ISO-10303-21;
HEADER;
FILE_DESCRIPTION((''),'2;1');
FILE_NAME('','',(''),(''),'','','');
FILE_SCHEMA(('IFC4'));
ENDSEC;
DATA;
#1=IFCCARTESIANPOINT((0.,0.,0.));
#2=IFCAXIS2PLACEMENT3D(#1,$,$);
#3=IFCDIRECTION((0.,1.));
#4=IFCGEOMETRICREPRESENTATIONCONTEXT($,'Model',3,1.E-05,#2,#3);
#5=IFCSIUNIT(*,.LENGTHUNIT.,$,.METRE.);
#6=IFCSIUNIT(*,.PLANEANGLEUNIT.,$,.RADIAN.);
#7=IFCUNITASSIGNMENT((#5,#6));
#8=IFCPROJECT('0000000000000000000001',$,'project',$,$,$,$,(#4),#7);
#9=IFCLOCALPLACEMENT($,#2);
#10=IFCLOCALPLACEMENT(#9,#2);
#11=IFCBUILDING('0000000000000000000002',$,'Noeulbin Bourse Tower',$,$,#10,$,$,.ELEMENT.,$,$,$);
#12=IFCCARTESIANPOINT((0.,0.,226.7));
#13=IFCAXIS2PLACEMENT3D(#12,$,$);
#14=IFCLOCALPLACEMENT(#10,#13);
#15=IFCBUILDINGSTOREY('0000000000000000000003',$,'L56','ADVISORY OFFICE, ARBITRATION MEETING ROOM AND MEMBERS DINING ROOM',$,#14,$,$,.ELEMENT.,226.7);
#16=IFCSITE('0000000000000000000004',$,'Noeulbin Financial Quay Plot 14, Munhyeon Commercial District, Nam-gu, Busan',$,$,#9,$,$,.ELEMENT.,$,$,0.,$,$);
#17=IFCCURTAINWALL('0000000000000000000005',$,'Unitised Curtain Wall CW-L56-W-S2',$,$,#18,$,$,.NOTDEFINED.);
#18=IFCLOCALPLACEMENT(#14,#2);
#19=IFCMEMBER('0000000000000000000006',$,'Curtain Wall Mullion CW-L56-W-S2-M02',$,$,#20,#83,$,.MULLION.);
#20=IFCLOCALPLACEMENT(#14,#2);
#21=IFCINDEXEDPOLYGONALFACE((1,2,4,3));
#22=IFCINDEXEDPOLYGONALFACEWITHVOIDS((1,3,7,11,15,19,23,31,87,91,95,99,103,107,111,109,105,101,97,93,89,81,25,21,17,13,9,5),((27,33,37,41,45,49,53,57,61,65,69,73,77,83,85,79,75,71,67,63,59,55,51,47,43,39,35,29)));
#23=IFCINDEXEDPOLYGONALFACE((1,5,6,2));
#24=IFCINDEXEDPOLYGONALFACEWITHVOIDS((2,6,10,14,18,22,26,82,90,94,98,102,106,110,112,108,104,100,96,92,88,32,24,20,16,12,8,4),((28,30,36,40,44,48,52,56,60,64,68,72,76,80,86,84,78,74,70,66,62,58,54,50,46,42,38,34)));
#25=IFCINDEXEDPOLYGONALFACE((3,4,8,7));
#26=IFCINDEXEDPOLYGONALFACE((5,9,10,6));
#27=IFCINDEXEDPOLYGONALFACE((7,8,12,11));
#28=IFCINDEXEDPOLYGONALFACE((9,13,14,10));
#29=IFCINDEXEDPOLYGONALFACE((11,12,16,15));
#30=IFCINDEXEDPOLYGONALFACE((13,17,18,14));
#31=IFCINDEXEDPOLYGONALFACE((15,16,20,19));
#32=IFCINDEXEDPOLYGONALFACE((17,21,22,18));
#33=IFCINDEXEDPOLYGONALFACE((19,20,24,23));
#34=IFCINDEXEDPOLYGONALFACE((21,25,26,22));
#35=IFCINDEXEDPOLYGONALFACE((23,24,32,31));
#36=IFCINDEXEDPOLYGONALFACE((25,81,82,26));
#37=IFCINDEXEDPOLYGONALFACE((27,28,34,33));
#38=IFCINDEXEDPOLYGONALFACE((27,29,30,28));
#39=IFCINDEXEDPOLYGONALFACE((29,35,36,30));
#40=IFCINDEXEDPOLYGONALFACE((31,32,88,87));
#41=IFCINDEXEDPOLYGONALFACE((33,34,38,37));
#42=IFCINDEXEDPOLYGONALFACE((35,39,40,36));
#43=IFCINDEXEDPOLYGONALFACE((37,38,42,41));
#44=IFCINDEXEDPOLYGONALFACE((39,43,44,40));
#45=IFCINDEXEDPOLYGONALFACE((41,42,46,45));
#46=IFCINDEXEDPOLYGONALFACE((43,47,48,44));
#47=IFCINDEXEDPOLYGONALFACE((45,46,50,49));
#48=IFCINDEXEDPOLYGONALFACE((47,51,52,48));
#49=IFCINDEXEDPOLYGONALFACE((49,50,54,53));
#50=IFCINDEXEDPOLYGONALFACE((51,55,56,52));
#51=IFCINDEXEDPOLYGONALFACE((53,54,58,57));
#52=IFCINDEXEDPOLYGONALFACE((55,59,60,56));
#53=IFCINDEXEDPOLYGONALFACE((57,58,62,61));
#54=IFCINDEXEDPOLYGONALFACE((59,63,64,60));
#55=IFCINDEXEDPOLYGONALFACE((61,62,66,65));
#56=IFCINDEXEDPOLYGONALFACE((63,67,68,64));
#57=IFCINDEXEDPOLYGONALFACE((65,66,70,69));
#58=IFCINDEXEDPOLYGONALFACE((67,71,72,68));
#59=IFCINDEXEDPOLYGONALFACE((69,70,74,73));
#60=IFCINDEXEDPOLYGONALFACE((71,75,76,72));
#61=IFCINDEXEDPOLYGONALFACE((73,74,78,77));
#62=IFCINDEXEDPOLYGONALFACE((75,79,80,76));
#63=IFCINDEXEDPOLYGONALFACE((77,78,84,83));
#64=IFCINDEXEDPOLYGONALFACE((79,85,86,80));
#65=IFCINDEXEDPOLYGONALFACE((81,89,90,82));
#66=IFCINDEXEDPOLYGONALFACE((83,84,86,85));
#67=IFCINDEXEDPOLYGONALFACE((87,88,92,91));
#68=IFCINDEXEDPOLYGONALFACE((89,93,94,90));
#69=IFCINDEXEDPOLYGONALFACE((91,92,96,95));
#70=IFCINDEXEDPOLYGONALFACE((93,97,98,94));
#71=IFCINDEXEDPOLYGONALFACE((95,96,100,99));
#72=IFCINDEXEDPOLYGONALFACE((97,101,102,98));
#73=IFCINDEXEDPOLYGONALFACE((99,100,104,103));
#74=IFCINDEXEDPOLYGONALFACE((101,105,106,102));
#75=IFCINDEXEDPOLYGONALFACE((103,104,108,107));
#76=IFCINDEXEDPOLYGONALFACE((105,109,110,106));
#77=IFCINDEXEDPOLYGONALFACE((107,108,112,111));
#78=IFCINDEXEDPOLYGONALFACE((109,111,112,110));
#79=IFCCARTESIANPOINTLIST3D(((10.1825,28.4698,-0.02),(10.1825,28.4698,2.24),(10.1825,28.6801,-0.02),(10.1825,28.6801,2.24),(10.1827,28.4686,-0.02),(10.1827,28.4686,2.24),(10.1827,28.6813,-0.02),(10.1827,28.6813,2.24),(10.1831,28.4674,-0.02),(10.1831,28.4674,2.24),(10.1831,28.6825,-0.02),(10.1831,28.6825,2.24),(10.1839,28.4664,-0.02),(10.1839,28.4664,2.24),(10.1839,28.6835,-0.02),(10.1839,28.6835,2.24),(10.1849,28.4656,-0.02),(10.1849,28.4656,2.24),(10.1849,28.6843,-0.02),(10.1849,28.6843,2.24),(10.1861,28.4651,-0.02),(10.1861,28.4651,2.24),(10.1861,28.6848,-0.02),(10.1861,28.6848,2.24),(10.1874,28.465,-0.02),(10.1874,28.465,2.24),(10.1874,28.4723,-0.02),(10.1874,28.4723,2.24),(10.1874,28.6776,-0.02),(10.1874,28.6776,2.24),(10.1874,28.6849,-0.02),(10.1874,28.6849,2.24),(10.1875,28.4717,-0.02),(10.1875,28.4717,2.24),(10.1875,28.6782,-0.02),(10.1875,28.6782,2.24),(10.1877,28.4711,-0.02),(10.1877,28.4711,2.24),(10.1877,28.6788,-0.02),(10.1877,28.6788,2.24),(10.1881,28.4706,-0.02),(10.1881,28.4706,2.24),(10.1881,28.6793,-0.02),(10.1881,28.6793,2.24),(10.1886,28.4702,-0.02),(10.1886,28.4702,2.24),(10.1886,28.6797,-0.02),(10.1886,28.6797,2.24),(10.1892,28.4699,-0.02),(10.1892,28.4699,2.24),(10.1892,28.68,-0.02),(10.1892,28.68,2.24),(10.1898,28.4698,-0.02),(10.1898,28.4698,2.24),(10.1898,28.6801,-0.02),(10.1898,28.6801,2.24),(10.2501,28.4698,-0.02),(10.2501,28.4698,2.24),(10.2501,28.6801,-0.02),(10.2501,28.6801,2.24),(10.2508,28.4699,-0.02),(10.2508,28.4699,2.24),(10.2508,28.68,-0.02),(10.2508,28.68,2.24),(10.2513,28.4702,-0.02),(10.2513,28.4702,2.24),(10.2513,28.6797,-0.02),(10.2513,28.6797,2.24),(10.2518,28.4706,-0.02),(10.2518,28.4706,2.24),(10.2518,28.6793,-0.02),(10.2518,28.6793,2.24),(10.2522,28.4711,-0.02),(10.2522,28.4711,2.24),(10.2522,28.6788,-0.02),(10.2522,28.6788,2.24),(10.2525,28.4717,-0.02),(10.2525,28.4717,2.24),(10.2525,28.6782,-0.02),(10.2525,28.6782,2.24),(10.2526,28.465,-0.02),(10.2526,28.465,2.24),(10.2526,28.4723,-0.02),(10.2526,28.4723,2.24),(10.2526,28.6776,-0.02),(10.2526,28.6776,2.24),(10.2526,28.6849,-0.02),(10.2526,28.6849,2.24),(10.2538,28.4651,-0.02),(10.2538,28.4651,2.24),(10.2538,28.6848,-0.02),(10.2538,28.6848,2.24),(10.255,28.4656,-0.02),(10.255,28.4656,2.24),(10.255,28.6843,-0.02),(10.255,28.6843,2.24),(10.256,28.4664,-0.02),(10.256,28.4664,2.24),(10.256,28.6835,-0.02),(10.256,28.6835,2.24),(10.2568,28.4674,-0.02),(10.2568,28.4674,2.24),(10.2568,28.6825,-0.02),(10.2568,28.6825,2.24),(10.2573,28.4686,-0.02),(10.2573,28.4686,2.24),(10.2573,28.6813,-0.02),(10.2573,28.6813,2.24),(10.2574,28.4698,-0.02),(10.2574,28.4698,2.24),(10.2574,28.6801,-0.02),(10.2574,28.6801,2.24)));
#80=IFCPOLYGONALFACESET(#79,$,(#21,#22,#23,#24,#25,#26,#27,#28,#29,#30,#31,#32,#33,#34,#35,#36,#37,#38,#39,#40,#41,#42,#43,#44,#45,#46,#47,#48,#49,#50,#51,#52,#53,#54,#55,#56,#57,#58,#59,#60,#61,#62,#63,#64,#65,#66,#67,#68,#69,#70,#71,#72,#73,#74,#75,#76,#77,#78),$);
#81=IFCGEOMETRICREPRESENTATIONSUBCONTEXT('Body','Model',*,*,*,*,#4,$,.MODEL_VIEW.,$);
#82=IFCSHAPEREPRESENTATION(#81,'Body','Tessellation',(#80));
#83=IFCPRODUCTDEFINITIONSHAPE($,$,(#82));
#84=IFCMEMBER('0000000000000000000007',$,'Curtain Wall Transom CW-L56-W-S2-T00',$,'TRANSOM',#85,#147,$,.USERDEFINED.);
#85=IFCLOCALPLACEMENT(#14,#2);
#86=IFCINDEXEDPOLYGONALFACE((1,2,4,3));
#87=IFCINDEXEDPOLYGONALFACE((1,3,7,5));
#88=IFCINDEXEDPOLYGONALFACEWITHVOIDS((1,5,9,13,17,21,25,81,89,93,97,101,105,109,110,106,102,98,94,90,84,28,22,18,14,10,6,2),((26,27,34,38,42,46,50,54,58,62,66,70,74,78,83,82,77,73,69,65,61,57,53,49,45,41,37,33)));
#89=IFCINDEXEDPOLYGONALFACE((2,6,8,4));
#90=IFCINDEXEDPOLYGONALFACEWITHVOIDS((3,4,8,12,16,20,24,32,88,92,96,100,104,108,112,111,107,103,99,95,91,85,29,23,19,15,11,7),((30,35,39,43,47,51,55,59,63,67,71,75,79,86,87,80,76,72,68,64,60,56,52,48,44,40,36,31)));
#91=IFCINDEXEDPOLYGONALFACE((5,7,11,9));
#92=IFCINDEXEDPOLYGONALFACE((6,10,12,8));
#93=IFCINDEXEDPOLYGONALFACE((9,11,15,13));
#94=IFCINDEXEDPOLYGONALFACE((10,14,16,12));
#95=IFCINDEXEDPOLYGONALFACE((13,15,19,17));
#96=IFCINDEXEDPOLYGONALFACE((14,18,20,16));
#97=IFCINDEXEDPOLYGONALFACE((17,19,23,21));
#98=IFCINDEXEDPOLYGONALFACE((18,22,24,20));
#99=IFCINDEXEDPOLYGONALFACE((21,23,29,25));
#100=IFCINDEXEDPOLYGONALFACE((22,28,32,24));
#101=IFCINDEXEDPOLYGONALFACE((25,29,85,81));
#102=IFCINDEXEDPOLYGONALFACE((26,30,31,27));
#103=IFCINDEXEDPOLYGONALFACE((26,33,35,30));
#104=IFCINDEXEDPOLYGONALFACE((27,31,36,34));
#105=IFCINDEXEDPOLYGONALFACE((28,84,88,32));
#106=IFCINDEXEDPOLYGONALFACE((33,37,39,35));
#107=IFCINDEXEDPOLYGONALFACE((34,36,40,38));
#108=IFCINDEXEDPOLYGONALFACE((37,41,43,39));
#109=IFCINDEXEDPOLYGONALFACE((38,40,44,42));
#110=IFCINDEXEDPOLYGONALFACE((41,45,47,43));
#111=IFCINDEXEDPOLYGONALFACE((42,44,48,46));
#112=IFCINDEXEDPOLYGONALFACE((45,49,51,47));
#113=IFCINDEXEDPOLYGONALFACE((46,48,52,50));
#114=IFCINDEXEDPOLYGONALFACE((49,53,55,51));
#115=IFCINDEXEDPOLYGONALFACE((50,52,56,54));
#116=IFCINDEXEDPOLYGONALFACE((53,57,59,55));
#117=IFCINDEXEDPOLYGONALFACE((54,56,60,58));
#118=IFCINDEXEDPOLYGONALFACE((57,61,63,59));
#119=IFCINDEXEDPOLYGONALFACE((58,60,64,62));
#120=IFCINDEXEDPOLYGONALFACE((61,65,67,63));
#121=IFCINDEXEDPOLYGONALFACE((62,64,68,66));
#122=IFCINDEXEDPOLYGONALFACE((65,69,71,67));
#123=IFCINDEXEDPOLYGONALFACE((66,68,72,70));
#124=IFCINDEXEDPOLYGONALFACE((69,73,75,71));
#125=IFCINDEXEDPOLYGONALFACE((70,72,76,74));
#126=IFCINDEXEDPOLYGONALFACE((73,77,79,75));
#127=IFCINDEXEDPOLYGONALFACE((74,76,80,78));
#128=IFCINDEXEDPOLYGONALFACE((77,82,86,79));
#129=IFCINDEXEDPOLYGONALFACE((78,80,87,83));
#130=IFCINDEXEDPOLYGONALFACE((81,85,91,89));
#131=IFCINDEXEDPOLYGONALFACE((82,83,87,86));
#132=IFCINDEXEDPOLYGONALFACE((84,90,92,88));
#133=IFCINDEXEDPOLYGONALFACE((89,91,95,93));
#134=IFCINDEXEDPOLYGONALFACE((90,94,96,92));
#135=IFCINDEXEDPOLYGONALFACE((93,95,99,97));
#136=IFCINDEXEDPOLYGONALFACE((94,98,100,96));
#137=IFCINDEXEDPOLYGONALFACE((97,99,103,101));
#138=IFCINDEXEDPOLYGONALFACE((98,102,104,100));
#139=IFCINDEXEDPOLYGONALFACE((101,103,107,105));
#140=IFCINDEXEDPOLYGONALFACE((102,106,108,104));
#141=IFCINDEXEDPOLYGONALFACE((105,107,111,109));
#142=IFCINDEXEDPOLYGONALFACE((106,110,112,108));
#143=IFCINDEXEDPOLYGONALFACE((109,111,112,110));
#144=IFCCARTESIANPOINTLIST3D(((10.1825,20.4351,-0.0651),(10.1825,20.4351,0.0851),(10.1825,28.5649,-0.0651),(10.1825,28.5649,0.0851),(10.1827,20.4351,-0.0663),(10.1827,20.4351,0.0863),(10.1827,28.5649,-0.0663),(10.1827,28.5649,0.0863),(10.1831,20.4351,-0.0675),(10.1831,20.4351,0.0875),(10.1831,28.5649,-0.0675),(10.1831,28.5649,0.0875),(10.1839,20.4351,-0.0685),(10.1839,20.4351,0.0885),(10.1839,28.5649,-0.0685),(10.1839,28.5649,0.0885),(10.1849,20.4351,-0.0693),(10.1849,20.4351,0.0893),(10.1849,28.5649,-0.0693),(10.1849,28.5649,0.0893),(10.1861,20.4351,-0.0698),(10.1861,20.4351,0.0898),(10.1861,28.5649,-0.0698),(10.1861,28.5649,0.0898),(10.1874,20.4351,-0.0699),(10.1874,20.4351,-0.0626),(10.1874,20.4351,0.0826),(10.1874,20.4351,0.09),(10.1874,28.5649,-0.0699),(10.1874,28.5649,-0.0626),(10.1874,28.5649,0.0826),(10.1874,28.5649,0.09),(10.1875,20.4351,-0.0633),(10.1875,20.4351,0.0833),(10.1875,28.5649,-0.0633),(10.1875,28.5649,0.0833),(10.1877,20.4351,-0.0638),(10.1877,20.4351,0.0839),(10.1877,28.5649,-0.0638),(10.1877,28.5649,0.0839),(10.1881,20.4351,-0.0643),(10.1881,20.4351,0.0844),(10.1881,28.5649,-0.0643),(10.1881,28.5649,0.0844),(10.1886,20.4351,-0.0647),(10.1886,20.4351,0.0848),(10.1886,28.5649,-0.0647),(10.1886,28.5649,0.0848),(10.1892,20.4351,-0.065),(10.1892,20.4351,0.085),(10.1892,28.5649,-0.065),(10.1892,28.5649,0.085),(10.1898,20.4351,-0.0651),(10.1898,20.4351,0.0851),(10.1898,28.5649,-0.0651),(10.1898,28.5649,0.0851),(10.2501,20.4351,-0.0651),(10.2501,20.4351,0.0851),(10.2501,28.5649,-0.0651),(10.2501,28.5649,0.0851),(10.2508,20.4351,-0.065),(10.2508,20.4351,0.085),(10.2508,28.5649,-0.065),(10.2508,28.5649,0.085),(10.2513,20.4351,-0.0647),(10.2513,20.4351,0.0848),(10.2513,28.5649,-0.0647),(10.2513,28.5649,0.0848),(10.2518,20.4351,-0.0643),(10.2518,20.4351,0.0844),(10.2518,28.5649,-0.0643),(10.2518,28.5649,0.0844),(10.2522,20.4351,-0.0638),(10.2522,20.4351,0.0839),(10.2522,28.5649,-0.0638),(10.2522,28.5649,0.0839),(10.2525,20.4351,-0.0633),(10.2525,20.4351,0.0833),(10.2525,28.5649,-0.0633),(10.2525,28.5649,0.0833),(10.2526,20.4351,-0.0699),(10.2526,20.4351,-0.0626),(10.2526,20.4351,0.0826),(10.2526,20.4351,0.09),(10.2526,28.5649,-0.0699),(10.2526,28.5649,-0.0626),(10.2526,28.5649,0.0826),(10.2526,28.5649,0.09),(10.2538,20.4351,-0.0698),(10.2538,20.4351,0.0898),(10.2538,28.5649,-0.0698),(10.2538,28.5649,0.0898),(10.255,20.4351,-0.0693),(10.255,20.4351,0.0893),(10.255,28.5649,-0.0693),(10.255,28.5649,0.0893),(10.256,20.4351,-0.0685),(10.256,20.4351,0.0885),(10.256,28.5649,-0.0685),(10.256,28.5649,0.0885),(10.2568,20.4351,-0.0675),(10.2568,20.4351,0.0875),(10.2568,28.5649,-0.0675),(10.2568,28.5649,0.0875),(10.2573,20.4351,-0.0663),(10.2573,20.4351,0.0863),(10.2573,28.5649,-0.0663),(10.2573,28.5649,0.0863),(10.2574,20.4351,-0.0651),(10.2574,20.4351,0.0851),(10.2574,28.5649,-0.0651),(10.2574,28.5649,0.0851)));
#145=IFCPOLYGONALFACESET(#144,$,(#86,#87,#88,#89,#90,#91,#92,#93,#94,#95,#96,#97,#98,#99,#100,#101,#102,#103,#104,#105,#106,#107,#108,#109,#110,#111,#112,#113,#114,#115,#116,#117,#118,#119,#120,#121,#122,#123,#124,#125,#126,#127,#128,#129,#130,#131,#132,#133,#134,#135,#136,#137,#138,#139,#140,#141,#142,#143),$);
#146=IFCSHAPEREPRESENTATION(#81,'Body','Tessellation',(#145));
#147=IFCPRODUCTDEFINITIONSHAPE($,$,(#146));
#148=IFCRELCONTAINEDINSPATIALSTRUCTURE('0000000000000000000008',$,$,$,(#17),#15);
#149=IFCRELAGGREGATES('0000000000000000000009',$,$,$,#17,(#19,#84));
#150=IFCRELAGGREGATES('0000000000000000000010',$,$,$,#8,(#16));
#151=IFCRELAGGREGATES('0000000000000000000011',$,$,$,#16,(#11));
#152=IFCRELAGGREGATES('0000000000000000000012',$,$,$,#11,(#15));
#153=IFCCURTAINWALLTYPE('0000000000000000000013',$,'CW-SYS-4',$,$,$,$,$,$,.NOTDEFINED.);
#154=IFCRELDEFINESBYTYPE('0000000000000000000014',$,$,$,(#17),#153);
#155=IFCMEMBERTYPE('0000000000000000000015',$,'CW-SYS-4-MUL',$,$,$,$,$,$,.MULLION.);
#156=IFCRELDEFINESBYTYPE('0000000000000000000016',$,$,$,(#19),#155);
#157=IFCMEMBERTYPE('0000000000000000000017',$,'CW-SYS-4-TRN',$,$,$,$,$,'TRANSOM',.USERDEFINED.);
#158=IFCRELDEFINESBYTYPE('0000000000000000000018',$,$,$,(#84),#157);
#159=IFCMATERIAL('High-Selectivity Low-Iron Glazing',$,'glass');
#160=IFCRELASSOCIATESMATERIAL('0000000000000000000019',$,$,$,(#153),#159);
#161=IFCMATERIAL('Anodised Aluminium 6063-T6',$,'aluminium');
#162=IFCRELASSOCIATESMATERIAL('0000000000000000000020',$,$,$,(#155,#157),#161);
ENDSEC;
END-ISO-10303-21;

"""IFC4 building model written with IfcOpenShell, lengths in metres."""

from ifc_helpers import new_model, si_unit, direction, frame, origin, origin_2d, place, context, subcontext, project, spatial, hollow_rectangle, extrude, material, material_profile, profile_set, type_object, element, aggregate, save


model = new_model("IFC4")

# Units and contexts
model_context = context("Model", 3, precision=1e-05, world=origin(), true_north=direction((0.0, 1.0)))
body_context = subcontext(model_context, "Body", "Model", "MODEL_VIEW")
ifc_project = project(units=[si_unit("LENGTHUNIT", "METRE"), si_unit("PLANEANGLEUNIT", "RADIAN")], contexts=[model_context])

# Site, building, storey
site_placement = place(None, origin())
site = spatial("IfcSite", under=ifc_project, at=site_placement, Name="Noeulbin Financial Quay Plot 14, Munhyeon Commercial District, Nam-gu, Busan", CompositionType="ELEMENT", RefElevation=0.0)
building_placement = place(site_placement, origin())
building = spatial("IfcBuilding", under=site, at=building_placement, Name="Noeulbin Bourse Tower", CompositionType="ELEMENT")
storey_placement = place(building_placement, frame((0.0, 0.0, 226.7)))
storey = spatial("IfcBuildingStorey", under=building, at=storey_placement, Name="L56", Description="ADVISORY OFFICE, ARBITRATION MEETING ROOM AND MEMBERS DINING ROOM", CompositionType="ELEMENT", Elevation=226.7)

# Curtain wall, members
ifc_material_1 = material(Name="High-Selectivity Low-Iron Glazing", Category="glass")
curtain_wall_type = type_object("IfcCurtainWallType", Name="CW-SYS-4", PredefinedType="NOTDEFINED", material=ifc_material_1)
curtain_wall_placement = place(storey_placement, origin())
curtain_wall = element("IfcCurtainWall", 1, at=curtain_wall_placement, inside=storey, type_object=curtain_wall_type, Name="Unitised Curtain Wall CW-L56-W-S2", PredefinedType="NOTDEFINED")
ifc_material_2 = material(Name="Anodised Aluminium 6063-T6", Category="aluminium")
ifc_material_profile_1 = material_profile(ifc_material_2, hollow_rectangle(XDim=0.075, YDim=0.22, WallThickness=0.0049, InnerFilletRadius=0.0024, OuterFilletRadius=0.0049, at=origin_2d()), Name="ALU-MULL-75x220x5", Category="LoadBearing")
ifc_profile_set_1 = profile_set([ifc_material_profile_1], Name="Anodised Aluminium 6063-T6")
member_type_1 = type_object("IfcMemberType", Name="CW-SYS-4-MUL", PredefinedType="MULLION", material=ifc_profile_set_1)
member_1_placement = place(storey_placement, frame((10.22, 28.575, -0.02), z_axis=(0.0, 0.0, 1.0), x_axis=(1.0, 0.0, 0.0)))
member_1 = element("IfcMember", 2, at=member_1_placement, type_object=member_type_1, Name="Curtain Wall Mullion CW-L56-W-S2-M02", PredefinedType="MULLION", context=body_context, shape_type="SweptSolid", body=[
    extrude(hollow_rectangle(XDim=0.075, YDim=0.22, WallThickness=0.0049, InnerFilletRadius=0.0024, OuterFilletRadius=0.0049, at=origin_2d()), origin(), (0.0, 0.0, 1.0), 2.26),
])
ifc_material_profile_2 = material_profile(ifc_material_2, hollow_rectangle(XDim=0.075, YDim=0.1599, WallThickness=0.0049, InnerFilletRadius=0.0024, OuterFilletRadius=0.0049, at=origin_2d()), Name="ALU-TRAN-75x160x5", Category="LoadBearing")
ifc_profile_set_2 = profile_set([ifc_material_profile_2], Name="Anodised Aluminium 6063-T6")
member_type_2 = type_object("IfcMemberType", Name="CW-SYS-4-TRN", ElementType="TRANSOM", PredefinedType="USERDEFINED", material=ifc_profile_set_2)
member_2_placement = place(storey_placement, frame((10.22, 20.4351, 0.01), z_axis=(0.0, 1.0, 0.0), x_axis=(-1.0, 0.0, 0.0)))
member_2 = element("IfcMember", 3, at=member_2_placement, type_object=member_type_2, Name="Curtain Wall Transom CW-L56-W-S2-T00", ObjectType="TRANSOM", PredefinedType="USERDEFINED", context=body_context, shape_type="SweptSolid", body=[
    extrude(hollow_rectangle(XDim=0.075, YDim=0.1599, WallThickness=0.0049, InnerFilletRadius=0.0024, OuterFilletRadius=0.0049, at=origin_2d()), origin(), (0.0, 0.0, 1.0), 8.1299),
])
aggregate(curtain_wall, [member_1, member_2])

save(model, "model.ifc")
